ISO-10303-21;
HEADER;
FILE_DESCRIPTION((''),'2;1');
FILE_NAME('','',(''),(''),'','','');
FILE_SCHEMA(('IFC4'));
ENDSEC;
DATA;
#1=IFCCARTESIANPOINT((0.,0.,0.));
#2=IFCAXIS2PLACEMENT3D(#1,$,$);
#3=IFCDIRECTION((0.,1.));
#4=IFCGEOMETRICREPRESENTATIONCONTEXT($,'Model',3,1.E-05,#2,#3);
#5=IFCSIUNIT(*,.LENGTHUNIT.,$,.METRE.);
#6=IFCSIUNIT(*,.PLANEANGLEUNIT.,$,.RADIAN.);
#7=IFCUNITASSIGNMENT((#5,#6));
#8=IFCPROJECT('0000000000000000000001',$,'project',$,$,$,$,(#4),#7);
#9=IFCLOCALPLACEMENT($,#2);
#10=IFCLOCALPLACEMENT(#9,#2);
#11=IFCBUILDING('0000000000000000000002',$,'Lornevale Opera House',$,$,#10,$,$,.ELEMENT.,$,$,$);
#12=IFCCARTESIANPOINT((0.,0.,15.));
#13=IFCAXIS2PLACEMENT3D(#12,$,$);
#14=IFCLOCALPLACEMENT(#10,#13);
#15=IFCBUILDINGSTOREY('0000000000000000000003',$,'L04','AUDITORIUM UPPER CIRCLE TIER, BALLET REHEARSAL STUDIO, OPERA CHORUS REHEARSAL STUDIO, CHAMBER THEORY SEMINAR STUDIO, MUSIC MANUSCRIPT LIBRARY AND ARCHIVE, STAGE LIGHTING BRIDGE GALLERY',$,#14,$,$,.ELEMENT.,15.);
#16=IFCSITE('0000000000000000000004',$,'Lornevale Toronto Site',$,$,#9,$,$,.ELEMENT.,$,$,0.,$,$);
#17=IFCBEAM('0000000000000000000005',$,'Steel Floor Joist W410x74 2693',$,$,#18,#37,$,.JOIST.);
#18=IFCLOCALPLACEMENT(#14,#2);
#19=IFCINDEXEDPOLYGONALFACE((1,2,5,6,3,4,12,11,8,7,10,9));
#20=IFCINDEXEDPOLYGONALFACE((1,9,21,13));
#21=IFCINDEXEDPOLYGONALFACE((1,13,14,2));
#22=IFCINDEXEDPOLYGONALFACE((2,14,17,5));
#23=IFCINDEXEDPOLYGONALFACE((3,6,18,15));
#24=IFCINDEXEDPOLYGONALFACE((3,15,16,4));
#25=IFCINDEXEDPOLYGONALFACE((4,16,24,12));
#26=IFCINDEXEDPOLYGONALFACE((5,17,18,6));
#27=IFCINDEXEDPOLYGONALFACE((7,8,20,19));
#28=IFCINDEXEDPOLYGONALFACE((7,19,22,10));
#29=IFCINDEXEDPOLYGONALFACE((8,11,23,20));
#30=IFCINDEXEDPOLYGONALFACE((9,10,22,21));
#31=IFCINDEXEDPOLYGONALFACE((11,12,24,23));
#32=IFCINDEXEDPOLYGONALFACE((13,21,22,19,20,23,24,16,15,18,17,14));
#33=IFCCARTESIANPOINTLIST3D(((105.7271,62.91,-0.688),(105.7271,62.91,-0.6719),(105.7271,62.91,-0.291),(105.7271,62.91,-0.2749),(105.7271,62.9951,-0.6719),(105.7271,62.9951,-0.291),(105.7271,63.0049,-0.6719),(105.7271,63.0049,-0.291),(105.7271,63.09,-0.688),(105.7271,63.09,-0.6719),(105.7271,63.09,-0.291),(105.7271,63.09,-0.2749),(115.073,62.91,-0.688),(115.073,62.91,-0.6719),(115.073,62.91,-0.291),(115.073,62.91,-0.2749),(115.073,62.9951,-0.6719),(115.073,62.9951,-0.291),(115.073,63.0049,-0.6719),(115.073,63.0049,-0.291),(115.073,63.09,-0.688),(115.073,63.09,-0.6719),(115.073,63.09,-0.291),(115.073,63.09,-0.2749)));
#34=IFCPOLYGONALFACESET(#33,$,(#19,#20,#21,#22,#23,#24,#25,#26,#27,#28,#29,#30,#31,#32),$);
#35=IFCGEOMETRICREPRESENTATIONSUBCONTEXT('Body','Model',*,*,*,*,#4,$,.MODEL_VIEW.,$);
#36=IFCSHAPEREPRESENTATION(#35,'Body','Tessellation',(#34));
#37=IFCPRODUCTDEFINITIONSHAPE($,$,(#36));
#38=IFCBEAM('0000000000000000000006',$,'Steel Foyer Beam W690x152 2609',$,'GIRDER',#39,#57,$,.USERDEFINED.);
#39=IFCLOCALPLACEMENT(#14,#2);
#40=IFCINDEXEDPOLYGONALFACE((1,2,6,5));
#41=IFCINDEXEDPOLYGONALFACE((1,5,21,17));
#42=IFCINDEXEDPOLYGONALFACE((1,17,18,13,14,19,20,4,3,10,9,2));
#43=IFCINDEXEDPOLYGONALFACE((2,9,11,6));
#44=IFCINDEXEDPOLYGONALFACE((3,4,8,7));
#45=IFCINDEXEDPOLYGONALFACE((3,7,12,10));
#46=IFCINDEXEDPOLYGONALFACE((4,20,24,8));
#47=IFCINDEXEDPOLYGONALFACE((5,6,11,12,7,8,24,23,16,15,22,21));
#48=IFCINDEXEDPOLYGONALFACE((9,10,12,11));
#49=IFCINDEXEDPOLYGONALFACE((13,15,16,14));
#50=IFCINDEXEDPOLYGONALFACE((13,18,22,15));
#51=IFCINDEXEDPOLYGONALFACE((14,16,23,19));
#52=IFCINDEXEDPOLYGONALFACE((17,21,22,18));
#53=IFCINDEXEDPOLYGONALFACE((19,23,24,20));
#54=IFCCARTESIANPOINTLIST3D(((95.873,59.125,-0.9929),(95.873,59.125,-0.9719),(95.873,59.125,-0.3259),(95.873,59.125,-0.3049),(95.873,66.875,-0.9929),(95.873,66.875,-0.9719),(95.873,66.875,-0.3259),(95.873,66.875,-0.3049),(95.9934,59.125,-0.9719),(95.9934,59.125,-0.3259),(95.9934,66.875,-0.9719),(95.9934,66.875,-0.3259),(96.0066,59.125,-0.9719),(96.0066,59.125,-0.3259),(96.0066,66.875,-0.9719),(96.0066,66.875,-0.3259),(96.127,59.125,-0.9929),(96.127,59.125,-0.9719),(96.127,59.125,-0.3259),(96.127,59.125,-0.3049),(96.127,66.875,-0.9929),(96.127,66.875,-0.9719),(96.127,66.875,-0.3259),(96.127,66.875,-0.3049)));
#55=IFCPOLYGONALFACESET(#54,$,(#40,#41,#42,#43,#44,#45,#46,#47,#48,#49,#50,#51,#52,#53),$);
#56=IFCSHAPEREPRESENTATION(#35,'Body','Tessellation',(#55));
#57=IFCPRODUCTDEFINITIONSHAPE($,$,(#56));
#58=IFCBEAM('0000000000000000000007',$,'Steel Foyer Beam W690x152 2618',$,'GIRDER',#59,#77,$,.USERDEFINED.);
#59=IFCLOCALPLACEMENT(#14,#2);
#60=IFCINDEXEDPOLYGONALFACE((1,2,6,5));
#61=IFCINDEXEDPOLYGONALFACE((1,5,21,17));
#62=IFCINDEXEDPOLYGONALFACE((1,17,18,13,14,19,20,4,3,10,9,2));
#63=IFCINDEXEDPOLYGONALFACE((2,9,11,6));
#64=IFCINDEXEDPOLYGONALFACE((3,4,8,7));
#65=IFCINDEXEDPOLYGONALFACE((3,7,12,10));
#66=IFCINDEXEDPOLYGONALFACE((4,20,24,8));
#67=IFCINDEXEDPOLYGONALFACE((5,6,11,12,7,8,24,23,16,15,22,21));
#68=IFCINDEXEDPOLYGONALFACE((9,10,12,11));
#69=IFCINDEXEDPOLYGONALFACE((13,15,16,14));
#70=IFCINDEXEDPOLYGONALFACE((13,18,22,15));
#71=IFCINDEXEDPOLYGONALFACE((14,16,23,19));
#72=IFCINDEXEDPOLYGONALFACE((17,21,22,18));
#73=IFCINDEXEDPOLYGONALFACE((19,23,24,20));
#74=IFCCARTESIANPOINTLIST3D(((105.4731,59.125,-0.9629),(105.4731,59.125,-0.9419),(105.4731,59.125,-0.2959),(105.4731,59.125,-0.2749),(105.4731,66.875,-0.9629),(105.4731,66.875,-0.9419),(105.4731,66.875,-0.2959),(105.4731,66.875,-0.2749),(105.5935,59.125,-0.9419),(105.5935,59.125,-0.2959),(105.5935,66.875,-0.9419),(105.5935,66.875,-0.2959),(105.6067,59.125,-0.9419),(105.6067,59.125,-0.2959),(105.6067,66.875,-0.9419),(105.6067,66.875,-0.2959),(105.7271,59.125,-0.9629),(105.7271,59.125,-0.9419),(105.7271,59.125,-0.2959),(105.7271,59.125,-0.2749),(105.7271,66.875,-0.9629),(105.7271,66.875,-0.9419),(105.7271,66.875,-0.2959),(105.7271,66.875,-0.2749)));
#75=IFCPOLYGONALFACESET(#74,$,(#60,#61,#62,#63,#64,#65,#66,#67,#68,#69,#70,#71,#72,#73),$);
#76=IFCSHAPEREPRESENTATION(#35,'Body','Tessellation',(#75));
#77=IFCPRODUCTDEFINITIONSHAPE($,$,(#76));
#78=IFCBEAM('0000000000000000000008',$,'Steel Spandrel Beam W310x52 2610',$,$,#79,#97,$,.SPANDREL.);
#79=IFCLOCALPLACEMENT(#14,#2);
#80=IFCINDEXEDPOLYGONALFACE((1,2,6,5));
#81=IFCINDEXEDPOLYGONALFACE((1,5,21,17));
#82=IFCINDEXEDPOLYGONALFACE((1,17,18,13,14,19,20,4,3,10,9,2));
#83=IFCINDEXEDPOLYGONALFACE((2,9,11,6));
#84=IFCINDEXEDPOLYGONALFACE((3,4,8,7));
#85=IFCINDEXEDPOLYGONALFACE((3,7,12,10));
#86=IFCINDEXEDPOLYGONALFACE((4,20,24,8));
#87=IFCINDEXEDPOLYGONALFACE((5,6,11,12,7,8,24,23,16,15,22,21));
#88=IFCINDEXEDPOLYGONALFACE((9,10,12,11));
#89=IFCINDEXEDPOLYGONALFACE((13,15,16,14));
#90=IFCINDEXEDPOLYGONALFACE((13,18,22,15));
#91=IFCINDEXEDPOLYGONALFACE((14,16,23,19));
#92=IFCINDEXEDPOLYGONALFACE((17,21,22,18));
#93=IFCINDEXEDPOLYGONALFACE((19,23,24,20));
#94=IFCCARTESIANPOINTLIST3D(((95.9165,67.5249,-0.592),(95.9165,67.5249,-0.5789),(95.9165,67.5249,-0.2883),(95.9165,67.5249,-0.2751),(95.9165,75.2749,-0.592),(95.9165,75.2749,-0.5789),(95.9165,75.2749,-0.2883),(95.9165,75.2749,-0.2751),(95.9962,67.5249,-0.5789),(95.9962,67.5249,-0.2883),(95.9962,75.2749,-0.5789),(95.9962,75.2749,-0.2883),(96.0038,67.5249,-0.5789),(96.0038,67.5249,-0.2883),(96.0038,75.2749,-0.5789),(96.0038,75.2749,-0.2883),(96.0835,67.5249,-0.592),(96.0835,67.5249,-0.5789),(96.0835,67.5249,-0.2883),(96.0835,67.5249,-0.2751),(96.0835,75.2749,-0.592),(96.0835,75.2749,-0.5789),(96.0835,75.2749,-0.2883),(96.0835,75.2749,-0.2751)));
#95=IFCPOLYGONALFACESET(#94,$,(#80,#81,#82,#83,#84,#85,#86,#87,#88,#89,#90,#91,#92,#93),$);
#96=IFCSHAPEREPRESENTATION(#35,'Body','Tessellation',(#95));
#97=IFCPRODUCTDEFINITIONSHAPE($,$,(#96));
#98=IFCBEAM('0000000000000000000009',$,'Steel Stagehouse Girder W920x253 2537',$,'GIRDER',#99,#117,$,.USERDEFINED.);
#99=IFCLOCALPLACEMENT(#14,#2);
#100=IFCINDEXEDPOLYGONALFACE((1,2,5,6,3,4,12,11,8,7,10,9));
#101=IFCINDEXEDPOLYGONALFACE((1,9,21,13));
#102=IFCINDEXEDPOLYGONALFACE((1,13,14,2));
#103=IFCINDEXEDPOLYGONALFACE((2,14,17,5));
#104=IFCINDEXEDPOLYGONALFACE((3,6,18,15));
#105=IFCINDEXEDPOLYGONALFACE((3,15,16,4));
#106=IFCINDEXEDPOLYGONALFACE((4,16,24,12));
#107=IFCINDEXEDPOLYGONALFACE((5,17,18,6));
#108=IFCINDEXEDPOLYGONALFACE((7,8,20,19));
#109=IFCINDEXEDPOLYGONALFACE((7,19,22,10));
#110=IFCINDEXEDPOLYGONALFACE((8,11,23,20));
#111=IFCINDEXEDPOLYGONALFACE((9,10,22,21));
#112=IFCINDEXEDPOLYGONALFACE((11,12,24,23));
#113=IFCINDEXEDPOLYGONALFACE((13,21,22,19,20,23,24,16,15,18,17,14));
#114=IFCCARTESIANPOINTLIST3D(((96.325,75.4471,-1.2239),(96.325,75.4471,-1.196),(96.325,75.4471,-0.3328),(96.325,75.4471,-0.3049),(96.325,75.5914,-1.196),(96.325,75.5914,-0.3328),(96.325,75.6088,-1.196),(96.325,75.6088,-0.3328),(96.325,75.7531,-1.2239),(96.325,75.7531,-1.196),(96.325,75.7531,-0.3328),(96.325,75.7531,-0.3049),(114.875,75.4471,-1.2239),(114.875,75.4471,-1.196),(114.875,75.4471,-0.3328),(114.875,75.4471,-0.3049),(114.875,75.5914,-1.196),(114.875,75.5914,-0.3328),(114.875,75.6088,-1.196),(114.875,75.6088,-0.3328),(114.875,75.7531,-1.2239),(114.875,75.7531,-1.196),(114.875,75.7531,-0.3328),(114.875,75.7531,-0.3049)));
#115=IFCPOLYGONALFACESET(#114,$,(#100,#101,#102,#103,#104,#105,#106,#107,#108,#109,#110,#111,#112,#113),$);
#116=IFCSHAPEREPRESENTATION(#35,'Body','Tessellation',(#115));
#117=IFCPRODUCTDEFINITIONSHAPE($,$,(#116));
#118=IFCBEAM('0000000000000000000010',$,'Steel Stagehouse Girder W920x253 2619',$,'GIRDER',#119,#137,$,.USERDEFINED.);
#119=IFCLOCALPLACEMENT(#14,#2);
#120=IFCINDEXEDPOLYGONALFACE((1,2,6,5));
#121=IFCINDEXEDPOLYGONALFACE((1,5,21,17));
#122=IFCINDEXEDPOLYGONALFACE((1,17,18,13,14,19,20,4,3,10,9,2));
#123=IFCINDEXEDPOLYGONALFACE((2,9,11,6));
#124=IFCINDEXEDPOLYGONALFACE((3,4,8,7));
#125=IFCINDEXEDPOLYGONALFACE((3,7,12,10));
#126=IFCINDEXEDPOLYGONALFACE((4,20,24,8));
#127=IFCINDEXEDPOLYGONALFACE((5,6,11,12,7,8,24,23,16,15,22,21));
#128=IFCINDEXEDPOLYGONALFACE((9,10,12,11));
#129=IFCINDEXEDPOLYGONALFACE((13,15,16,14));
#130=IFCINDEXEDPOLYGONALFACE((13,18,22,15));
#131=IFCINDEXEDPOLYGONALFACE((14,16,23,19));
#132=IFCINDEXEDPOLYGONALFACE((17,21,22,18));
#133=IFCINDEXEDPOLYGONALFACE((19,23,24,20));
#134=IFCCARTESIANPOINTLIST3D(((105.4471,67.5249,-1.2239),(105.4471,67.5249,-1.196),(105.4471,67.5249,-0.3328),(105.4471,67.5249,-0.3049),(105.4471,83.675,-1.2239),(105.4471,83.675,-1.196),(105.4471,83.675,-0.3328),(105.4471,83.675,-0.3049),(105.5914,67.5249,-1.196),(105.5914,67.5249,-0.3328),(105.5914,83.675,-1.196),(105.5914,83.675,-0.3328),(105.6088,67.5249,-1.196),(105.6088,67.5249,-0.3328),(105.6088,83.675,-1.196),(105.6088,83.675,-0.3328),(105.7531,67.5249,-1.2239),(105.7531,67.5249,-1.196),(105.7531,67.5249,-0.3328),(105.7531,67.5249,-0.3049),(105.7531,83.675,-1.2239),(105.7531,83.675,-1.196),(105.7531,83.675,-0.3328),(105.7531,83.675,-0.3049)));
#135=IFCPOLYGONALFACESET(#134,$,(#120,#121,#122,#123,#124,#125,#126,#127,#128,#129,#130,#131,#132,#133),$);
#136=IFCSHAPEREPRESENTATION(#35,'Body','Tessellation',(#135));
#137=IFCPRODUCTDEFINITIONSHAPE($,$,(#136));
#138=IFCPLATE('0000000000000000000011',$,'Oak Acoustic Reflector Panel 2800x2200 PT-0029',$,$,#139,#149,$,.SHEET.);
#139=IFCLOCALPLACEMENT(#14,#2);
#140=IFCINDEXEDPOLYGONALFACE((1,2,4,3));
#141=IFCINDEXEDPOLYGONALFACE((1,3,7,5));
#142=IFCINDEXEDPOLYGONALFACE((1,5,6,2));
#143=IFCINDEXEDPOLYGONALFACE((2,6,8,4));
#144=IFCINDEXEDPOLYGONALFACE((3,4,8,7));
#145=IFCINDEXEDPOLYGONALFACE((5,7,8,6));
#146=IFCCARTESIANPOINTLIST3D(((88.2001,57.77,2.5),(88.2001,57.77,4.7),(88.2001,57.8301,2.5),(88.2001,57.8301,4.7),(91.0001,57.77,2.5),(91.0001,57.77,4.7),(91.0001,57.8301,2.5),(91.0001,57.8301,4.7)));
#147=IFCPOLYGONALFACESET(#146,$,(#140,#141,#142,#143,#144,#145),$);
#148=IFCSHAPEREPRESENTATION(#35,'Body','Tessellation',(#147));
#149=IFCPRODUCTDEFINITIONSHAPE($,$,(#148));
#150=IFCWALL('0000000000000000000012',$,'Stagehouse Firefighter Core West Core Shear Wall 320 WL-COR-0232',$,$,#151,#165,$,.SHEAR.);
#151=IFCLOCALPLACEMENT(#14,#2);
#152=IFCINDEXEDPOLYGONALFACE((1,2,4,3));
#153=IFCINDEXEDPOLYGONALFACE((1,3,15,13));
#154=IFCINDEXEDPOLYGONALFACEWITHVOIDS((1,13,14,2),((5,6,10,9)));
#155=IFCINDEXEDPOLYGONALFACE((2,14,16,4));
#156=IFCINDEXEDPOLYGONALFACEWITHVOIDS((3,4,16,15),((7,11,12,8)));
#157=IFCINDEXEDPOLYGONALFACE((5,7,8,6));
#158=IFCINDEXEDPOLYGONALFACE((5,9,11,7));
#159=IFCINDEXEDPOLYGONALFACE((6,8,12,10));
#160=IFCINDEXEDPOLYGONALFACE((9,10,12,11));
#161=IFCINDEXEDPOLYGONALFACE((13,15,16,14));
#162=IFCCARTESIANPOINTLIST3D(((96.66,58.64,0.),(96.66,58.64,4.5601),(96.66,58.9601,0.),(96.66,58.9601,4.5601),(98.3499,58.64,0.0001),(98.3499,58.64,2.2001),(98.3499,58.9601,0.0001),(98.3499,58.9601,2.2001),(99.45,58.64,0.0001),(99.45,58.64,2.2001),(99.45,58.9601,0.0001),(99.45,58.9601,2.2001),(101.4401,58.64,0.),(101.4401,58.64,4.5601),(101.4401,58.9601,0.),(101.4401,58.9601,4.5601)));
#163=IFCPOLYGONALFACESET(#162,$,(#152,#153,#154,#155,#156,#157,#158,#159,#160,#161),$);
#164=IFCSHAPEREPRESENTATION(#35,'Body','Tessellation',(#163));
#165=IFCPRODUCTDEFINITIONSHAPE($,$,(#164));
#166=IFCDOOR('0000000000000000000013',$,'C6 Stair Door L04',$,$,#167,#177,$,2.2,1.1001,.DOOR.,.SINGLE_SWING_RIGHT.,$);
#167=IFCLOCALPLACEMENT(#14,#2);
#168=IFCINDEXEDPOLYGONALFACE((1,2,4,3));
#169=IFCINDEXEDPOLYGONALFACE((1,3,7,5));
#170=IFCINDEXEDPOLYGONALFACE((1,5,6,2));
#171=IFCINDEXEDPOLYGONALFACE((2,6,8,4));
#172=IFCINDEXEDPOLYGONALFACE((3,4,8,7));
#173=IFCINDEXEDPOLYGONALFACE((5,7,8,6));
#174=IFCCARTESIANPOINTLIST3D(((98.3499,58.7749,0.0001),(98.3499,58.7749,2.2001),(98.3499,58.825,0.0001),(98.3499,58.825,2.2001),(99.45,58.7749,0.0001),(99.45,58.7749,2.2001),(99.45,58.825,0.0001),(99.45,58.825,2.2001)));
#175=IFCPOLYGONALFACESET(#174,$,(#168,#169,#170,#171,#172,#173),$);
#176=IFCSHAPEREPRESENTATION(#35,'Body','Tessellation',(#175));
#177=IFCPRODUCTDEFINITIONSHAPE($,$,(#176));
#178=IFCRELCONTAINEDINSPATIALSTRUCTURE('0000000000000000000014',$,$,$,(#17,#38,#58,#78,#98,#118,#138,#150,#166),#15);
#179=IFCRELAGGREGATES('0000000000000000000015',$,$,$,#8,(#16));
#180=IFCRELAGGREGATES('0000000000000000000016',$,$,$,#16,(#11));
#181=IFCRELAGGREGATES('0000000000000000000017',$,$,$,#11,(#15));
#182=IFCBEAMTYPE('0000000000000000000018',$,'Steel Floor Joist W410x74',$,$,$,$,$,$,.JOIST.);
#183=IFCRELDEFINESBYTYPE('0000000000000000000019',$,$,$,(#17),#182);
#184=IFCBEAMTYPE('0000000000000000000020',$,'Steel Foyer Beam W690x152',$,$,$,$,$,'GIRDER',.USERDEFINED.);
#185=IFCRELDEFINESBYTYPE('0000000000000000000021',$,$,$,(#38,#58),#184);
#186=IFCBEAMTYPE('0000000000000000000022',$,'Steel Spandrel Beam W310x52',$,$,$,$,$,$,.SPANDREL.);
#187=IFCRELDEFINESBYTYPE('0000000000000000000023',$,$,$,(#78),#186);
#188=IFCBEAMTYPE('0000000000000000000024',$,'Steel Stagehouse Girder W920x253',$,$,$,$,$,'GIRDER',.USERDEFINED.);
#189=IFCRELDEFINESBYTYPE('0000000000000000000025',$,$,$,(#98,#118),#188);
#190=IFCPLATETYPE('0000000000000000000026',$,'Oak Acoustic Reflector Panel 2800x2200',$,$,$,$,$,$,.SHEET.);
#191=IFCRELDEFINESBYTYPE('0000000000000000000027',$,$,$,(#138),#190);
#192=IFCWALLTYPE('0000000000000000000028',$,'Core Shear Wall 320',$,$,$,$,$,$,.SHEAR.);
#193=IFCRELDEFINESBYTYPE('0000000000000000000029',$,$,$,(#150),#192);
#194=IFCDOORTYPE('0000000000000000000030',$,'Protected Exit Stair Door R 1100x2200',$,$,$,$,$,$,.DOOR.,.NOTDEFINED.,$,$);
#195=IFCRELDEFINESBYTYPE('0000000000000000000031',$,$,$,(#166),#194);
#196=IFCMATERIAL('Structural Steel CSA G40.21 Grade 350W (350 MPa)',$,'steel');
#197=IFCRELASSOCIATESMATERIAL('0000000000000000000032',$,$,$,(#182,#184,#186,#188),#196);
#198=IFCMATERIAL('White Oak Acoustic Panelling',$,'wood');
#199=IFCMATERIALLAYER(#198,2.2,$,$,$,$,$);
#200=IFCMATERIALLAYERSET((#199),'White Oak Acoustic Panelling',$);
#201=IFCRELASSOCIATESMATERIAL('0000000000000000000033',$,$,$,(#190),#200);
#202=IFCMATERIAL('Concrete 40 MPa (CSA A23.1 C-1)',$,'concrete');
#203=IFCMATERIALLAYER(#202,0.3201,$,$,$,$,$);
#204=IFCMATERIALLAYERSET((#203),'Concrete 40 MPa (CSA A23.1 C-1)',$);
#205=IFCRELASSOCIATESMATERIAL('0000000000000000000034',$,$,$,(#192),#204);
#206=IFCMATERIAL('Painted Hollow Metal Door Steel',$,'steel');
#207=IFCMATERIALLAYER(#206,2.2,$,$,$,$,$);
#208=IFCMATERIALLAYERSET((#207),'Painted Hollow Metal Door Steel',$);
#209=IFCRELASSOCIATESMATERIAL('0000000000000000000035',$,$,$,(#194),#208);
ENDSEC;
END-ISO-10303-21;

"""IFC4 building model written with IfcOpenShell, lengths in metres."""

from ifc_helpers import new_model, si_unit, direction, frame, frame_2d, origin, origin_2d, place, context, subcontext, project, spatial, rectangle, i_section, extrude, material, layer, layer_set, material_profile, profile_set, type_object, element, fill, save


model = new_model("IFC4")

# Units and contexts
model_context = context("Model", 3, precision=1e-05, world=origin(), true_north=direction((0.0, 1.0)))
body_context = subcontext(model_context, "Body", "Model", "MODEL_VIEW")
ifc_project = project(units=[si_unit("LENGTHUNIT", "METRE"), si_unit("PLANEANGLEUNIT", "RADIAN")], contexts=[model_context])

# Site, building, storey
site_placement = place(None, origin())
site = spatial("IfcSite", under=ifc_project, at=site_placement, Name="Lornevale Toronto Site", CompositionType="ELEMENT", RefElevation=0.0)
building_placement = place(site_placement, origin())
building = spatial("IfcBuilding", under=site, at=building_placement, Name="Lornevale Opera House", CompositionType="ELEMENT")
storey_placement = place(building_placement, frame((0.0, 0.0, 15.0)))
storey = spatial("IfcBuildingStorey", under=building, at=storey_placement, Name="L04", Description="AUDITORIUM UPPER CIRCLE TIER, BALLET REHEARSAL STUDIO, OPERA CHORUS REHEARSAL STUDIO, CHAMBER THEORY SEMINAR STUDIO, MUSIC MANUSCRIPT LIBRARY AND ARCHIVE, STAGE LIGHTING BRIDGE GALLERY", CompositionType="ELEMENT", Elevation=15.0)

# Shared definitions
ifc_material_1 = material(Name="Structural Steel CSA G40.21 Grade 350W (350 MPa)", Category="steel")

# Beams
ifc_material_profile_1 = material_profile(ifc_material_1, i_section(OverallWidth=0.1799, OverallDepth=0.4131, WebThickness=0.0098, FlangeThickness=0.0161, at=origin_2d()), Name="W410x74")
ifc_profile_set_1 = profile_set([ifc_material_profile_1], Name="Structural Steel CSA G40.21 Grade 350W (350 MPa)")
beam_type_1 = type_object("IfcBeamType", Name="Steel Floor Joist W410x74", PredefinedType="JOIST", material=ifc_profile_set_1)
beam_1_placement = place(storey_placement, frame((105.7271, 63.0, -0.4814), z_axis=(1.0, 0.0, 0.0), x_axis=(0.0, 1.0, 0.0)))
element("IfcBeam", 1, at=beam_1_placement, inside=storey, type_object=beam_type_1, Name="Steel Floor Joist W410x74 2693", PredefinedType="JOIST", context=body_context, shape_type="SweptSolid", body=[
    extrude(i_section(OverallWidth=0.1799, OverallDepth=0.4131, WebThickness=0.0098, FlangeThickness=0.0161, at=origin_2d()), origin(), (0.0, 0.0, 1.0), 9.3459),
])
ifc_material_profile_2 = material_profile(ifc_material_1, i_section(OverallWidth=0.2539, OverallDepth=0.688, WebThickness=0.0132, FlangeThickness=0.021, at=origin_2d()), Name="W690x152")
ifc_profile_set_2 = profile_set([ifc_material_profile_2], Name="Structural Steel CSA G40.21 Grade 350W (350 MPa)")
beam_type_2 = type_object("IfcBeamType", Name="Steel Foyer Beam W690x152", ElementType="GIRDER", PredefinedType="USERDEFINED", material=ifc_profile_set_2)
for number, where, z_axis, x_axis, name in (
    (2, (96.0, 59.125, -0.6489), (0.0, 1.0, 0.0), (-1.0, 0.0, 0.0), "Steel Foyer Beam W690x152 2609"),
    (3, (105.6001, 59.125, -0.6189), (0.0, 1.0, 0.0), (-1.0, 0.0, 0.0), "Steel Foyer Beam W690x152 2618"),
):
    element("IfcBeam", number, at=place(storey_placement, frame(where, z_axis=z_axis, x_axis=x_axis)), inside=storey, type_object=beam_type_2, Name=name, ObjectType="GIRDER", PredefinedType="USERDEFINED", context=body_context, shape_type="SweptSolid", body=[
        extrude(i_section(OverallWidth=0.2539, OverallDepth=0.688, WebThickness=0.0132, FlangeThickness=0.021, at=origin_2d()), origin(), (0.0, 0.0, 1.0), 7.75),
    ])
ifc_material_profile_3 = material_profile(ifc_material_1, i_section(OverallWidth=0.167, OverallDepth=0.3169, WebThickness=0.0076, FlangeThickness=0.0132, at=origin_2d()), Name="W310x52")
ifc_profile_set_3 = profile_set([ifc_material_profile_3], Name="Structural Steel CSA G40.21 Grade 350W (350 MPa)")
beam_type_3 = type_object("IfcBeamType", Name="Steel Spandrel Beam W310x52", PredefinedType="SPANDREL", material=ifc_profile_set_3)
beam_2_placement = place(storey_placement, frame((96.0, 67.5249, -0.4336), z_axis=(0.0, 1.0, 0.0), x_axis=(-1.0, 0.0, 0.0)))
element("IfcBeam", 4, at=beam_2_placement, inside=storey, type_object=beam_type_3, Name="Steel Spandrel Beam W310x52 2610", PredefinedType="SPANDREL", context=body_context, shape_type="SweptSolid", body=[
    extrude(i_section(OverallWidth=0.167, OverallDepth=0.3169, WebThickness=0.0076, FlangeThickness=0.0132, at=origin_2d()), origin(), (0.0, 0.0, 1.0), 7.75),
])
ifc_material_profile_4 = material_profile(ifc_material_1, i_section(OverallWidth=0.3059, OverallDepth=0.9189, WebThickness=0.0173, FlangeThickness=0.0278, at=origin_2d()), Name="W920x253")
ifc_profile_set_4 = profile_set([ifc_material_profile_4], Name="Structural Steel CSA G40.21 Grade 350W (350 MPa)")
beam_type_4 = type_object("IfcBeamType", Name="Steel Stagehouse Girder W920x253", ElementType="GIRDER", PredefinedType="USERDEFINED", material=ifc_profile_set_4)
beam_3_placement = place(storey_placement, frame((96.325, 75.6001, -0.7644), z_axis=(1.0, 0.0, 0.0), x_axis=(0.0, 1.0, 0.0)))
element("IfcBeam", 5, at=beam_3_placement, inside=storey, type_object=beam_type_4, Name="Steel Stagehouse Girder W920x253 2537", ObjectType="GIRDER", PredefinedType="USERDEFINED", context=body_context, shape_type="SweptSolid", body=[
    extrude(i_section(OverallWidth=0.3059, OverallDepth=0.9189, WebThickness=0.0173, FlangeThickness=0.0278, at=origin_2d()), origin(), (0.0, 0.0, 1.0), 18.55),
])
beam_4_placement = place(storey_placement, frame((105.6001, 67.5249, -0.7644), z_axis=(0.0, 1.0, 0.0), x_axis=(-1.0, 0.0, 0.0)))
element("IfcBeam", 6, at=beam_4_placement, inside=storey, type_object=beam_type_4, Name="Steel Stagehouse Girder W920x253 2619", ObjectType="GIRDER", PredefinedType="USERDEFINED", context=body_context, shape_type="SweptSolid", body=[
    extrude(i_section(OverallWidth=0.3059, OverallDepth=0.9189, WebThickness=0.0173, FlangeThickness=0.0278, at=origin_2d()), origin(), (0.0, 0.0, 1.0), 16.1501),
])

# Plate
ifc_material_2 = material(Name="White Oak Acoustic Panelling", Category="wood")
ifc_layer_1 = layer(ifc_material_2, 2.2)
ifc_layer_set_1 = layer_set([ifc_layer_1], Name="White Oak Acoustic Panelling")
plate_type = type_object("IfcPlateType", Name="Oak Acoustic Reflector Panel 2800x2200", PredefinedType="SHEET", material=ifc_layer_set_1)
plate_placement = place(storey_placement, frame((89.6001, 57.8, 2.5), z_axis=(0.0, 0.0, 1.0), x_axis=(1.0, 0.0, 0.0)))
element("IfcPlate", 7, at=plate_placement, inside=storey, type_object=plate_type, Name="Oak Acoustic Reflector Panel 2800x2200 PT-0029", PredefinedType="SHEET", context=body_context, shape_type="SweptSolid", body=[
    extrude(rectangle(XDim=2.8, YDim=0.0601, at=origin_2d()), origin(), (0.0, 0.0, 1.0), 2.2),
])

# Wall, opening, door
ifc_material_3 = material(Name="Concrete 40 MPa (CSA A23.1 C-1)", Category="concrete")
ifc_layer_2 = layer(ifc_material_3, 0.3201)
ifc_layer_set_2 = layer_set([ifc_layer_2], Name="Concrete 40 MPa (CSA A23.1 C-1)")
wall_type_1 = type_object("IfcWallType", Name="Core Shear Wall 320", PredefinedType="SHEAR", material=ifc_layer_set_2)
wall_1_placement = place(storey_placement, frame((96.6599, 58.8, 0.0), z_axis=(0.0, 0.0, 1.0), x_axis=(1.0, 0.0, 0.0)))
wall_1 = element("IfcWall", 8, at=wall_1_placement, inside=storey, type_object=wall_type_1, Name="Stagehouse Firefighter Core West Core Shear Wall 320 WL-COR-0232", PredefinedType="SHEAR", context=body_context, shape_type="SweptSolid", body=[
    extrude(rectangle(XDim=4.78, YDim=0.3201, at=frame_2d((2.3901, 0.0))), origin(), (0.0, 0.0, 1.0), 4.5601),
])
opening_1_placement = place(wall_1_placement, frame((1.6899, 0.0, 0.0)))
opening_1 = element("IfcOpeningElement", 9, at=opening_1_placement, cuts=wall_1, PredefinedType="OPENING", context=body_context, shape_type="SweptSolid", body=[
    extrude(rectangle(XDim=1.1001, YDim=2.2, at=frame_2d((0.55, 1.1001))), frame((0.0, 0.1699, 0.0), z_axis=(0.0, -1.0, 0.0), x_axis=(1.0, 0.0, 0.0)), (0.0, 0.0, 1.0), 0.3401),
])
ifc_material_4 = material(Name="Painted Hollow Metal Door Steel", Category="steel")
ifc_layer_3 = layer(ifc_material_4, 2.2)
ifc_layer_set_3 = layer_set([ifc_layer_3], Name="Painted Hollow Metal Door Steel")
door_type_1 = type_object("IfcDoorType", Name="Protected Exit Stair Door R 1100x2200", OperationType="NOTDEFINED", PredefinedType="DOOR", material=ifc_layer_set_3)
door_1_placement = place(opening_1_placement, origin())
door_1 = element("IfcDoor", 10, at=door_1_placement, inside=storey, type_object=door_type_1, Name="C6 Stair Door L04", OperationType="SINGLE_SWING_RIGHT", OverallHeight=2.2, OverallWidth=1.1001, PredefinedType="DOOR", context=body_context, shape_type="SweptSolid", body=[
    extrude(rectangle(XDim=1.1001, YDim=2.2, at=frame_2d((0.55, 1.1001))), frame((0.0, 0.0249, 0.0), z_axis=(0.0, -1.0, 0.0), x_axis=(1.0, 0.0, 0.0)), (0.0, 0.0, 1.0), 0.05),
])
fill(opening_1, door_1)

save(model, "model.ifc")
